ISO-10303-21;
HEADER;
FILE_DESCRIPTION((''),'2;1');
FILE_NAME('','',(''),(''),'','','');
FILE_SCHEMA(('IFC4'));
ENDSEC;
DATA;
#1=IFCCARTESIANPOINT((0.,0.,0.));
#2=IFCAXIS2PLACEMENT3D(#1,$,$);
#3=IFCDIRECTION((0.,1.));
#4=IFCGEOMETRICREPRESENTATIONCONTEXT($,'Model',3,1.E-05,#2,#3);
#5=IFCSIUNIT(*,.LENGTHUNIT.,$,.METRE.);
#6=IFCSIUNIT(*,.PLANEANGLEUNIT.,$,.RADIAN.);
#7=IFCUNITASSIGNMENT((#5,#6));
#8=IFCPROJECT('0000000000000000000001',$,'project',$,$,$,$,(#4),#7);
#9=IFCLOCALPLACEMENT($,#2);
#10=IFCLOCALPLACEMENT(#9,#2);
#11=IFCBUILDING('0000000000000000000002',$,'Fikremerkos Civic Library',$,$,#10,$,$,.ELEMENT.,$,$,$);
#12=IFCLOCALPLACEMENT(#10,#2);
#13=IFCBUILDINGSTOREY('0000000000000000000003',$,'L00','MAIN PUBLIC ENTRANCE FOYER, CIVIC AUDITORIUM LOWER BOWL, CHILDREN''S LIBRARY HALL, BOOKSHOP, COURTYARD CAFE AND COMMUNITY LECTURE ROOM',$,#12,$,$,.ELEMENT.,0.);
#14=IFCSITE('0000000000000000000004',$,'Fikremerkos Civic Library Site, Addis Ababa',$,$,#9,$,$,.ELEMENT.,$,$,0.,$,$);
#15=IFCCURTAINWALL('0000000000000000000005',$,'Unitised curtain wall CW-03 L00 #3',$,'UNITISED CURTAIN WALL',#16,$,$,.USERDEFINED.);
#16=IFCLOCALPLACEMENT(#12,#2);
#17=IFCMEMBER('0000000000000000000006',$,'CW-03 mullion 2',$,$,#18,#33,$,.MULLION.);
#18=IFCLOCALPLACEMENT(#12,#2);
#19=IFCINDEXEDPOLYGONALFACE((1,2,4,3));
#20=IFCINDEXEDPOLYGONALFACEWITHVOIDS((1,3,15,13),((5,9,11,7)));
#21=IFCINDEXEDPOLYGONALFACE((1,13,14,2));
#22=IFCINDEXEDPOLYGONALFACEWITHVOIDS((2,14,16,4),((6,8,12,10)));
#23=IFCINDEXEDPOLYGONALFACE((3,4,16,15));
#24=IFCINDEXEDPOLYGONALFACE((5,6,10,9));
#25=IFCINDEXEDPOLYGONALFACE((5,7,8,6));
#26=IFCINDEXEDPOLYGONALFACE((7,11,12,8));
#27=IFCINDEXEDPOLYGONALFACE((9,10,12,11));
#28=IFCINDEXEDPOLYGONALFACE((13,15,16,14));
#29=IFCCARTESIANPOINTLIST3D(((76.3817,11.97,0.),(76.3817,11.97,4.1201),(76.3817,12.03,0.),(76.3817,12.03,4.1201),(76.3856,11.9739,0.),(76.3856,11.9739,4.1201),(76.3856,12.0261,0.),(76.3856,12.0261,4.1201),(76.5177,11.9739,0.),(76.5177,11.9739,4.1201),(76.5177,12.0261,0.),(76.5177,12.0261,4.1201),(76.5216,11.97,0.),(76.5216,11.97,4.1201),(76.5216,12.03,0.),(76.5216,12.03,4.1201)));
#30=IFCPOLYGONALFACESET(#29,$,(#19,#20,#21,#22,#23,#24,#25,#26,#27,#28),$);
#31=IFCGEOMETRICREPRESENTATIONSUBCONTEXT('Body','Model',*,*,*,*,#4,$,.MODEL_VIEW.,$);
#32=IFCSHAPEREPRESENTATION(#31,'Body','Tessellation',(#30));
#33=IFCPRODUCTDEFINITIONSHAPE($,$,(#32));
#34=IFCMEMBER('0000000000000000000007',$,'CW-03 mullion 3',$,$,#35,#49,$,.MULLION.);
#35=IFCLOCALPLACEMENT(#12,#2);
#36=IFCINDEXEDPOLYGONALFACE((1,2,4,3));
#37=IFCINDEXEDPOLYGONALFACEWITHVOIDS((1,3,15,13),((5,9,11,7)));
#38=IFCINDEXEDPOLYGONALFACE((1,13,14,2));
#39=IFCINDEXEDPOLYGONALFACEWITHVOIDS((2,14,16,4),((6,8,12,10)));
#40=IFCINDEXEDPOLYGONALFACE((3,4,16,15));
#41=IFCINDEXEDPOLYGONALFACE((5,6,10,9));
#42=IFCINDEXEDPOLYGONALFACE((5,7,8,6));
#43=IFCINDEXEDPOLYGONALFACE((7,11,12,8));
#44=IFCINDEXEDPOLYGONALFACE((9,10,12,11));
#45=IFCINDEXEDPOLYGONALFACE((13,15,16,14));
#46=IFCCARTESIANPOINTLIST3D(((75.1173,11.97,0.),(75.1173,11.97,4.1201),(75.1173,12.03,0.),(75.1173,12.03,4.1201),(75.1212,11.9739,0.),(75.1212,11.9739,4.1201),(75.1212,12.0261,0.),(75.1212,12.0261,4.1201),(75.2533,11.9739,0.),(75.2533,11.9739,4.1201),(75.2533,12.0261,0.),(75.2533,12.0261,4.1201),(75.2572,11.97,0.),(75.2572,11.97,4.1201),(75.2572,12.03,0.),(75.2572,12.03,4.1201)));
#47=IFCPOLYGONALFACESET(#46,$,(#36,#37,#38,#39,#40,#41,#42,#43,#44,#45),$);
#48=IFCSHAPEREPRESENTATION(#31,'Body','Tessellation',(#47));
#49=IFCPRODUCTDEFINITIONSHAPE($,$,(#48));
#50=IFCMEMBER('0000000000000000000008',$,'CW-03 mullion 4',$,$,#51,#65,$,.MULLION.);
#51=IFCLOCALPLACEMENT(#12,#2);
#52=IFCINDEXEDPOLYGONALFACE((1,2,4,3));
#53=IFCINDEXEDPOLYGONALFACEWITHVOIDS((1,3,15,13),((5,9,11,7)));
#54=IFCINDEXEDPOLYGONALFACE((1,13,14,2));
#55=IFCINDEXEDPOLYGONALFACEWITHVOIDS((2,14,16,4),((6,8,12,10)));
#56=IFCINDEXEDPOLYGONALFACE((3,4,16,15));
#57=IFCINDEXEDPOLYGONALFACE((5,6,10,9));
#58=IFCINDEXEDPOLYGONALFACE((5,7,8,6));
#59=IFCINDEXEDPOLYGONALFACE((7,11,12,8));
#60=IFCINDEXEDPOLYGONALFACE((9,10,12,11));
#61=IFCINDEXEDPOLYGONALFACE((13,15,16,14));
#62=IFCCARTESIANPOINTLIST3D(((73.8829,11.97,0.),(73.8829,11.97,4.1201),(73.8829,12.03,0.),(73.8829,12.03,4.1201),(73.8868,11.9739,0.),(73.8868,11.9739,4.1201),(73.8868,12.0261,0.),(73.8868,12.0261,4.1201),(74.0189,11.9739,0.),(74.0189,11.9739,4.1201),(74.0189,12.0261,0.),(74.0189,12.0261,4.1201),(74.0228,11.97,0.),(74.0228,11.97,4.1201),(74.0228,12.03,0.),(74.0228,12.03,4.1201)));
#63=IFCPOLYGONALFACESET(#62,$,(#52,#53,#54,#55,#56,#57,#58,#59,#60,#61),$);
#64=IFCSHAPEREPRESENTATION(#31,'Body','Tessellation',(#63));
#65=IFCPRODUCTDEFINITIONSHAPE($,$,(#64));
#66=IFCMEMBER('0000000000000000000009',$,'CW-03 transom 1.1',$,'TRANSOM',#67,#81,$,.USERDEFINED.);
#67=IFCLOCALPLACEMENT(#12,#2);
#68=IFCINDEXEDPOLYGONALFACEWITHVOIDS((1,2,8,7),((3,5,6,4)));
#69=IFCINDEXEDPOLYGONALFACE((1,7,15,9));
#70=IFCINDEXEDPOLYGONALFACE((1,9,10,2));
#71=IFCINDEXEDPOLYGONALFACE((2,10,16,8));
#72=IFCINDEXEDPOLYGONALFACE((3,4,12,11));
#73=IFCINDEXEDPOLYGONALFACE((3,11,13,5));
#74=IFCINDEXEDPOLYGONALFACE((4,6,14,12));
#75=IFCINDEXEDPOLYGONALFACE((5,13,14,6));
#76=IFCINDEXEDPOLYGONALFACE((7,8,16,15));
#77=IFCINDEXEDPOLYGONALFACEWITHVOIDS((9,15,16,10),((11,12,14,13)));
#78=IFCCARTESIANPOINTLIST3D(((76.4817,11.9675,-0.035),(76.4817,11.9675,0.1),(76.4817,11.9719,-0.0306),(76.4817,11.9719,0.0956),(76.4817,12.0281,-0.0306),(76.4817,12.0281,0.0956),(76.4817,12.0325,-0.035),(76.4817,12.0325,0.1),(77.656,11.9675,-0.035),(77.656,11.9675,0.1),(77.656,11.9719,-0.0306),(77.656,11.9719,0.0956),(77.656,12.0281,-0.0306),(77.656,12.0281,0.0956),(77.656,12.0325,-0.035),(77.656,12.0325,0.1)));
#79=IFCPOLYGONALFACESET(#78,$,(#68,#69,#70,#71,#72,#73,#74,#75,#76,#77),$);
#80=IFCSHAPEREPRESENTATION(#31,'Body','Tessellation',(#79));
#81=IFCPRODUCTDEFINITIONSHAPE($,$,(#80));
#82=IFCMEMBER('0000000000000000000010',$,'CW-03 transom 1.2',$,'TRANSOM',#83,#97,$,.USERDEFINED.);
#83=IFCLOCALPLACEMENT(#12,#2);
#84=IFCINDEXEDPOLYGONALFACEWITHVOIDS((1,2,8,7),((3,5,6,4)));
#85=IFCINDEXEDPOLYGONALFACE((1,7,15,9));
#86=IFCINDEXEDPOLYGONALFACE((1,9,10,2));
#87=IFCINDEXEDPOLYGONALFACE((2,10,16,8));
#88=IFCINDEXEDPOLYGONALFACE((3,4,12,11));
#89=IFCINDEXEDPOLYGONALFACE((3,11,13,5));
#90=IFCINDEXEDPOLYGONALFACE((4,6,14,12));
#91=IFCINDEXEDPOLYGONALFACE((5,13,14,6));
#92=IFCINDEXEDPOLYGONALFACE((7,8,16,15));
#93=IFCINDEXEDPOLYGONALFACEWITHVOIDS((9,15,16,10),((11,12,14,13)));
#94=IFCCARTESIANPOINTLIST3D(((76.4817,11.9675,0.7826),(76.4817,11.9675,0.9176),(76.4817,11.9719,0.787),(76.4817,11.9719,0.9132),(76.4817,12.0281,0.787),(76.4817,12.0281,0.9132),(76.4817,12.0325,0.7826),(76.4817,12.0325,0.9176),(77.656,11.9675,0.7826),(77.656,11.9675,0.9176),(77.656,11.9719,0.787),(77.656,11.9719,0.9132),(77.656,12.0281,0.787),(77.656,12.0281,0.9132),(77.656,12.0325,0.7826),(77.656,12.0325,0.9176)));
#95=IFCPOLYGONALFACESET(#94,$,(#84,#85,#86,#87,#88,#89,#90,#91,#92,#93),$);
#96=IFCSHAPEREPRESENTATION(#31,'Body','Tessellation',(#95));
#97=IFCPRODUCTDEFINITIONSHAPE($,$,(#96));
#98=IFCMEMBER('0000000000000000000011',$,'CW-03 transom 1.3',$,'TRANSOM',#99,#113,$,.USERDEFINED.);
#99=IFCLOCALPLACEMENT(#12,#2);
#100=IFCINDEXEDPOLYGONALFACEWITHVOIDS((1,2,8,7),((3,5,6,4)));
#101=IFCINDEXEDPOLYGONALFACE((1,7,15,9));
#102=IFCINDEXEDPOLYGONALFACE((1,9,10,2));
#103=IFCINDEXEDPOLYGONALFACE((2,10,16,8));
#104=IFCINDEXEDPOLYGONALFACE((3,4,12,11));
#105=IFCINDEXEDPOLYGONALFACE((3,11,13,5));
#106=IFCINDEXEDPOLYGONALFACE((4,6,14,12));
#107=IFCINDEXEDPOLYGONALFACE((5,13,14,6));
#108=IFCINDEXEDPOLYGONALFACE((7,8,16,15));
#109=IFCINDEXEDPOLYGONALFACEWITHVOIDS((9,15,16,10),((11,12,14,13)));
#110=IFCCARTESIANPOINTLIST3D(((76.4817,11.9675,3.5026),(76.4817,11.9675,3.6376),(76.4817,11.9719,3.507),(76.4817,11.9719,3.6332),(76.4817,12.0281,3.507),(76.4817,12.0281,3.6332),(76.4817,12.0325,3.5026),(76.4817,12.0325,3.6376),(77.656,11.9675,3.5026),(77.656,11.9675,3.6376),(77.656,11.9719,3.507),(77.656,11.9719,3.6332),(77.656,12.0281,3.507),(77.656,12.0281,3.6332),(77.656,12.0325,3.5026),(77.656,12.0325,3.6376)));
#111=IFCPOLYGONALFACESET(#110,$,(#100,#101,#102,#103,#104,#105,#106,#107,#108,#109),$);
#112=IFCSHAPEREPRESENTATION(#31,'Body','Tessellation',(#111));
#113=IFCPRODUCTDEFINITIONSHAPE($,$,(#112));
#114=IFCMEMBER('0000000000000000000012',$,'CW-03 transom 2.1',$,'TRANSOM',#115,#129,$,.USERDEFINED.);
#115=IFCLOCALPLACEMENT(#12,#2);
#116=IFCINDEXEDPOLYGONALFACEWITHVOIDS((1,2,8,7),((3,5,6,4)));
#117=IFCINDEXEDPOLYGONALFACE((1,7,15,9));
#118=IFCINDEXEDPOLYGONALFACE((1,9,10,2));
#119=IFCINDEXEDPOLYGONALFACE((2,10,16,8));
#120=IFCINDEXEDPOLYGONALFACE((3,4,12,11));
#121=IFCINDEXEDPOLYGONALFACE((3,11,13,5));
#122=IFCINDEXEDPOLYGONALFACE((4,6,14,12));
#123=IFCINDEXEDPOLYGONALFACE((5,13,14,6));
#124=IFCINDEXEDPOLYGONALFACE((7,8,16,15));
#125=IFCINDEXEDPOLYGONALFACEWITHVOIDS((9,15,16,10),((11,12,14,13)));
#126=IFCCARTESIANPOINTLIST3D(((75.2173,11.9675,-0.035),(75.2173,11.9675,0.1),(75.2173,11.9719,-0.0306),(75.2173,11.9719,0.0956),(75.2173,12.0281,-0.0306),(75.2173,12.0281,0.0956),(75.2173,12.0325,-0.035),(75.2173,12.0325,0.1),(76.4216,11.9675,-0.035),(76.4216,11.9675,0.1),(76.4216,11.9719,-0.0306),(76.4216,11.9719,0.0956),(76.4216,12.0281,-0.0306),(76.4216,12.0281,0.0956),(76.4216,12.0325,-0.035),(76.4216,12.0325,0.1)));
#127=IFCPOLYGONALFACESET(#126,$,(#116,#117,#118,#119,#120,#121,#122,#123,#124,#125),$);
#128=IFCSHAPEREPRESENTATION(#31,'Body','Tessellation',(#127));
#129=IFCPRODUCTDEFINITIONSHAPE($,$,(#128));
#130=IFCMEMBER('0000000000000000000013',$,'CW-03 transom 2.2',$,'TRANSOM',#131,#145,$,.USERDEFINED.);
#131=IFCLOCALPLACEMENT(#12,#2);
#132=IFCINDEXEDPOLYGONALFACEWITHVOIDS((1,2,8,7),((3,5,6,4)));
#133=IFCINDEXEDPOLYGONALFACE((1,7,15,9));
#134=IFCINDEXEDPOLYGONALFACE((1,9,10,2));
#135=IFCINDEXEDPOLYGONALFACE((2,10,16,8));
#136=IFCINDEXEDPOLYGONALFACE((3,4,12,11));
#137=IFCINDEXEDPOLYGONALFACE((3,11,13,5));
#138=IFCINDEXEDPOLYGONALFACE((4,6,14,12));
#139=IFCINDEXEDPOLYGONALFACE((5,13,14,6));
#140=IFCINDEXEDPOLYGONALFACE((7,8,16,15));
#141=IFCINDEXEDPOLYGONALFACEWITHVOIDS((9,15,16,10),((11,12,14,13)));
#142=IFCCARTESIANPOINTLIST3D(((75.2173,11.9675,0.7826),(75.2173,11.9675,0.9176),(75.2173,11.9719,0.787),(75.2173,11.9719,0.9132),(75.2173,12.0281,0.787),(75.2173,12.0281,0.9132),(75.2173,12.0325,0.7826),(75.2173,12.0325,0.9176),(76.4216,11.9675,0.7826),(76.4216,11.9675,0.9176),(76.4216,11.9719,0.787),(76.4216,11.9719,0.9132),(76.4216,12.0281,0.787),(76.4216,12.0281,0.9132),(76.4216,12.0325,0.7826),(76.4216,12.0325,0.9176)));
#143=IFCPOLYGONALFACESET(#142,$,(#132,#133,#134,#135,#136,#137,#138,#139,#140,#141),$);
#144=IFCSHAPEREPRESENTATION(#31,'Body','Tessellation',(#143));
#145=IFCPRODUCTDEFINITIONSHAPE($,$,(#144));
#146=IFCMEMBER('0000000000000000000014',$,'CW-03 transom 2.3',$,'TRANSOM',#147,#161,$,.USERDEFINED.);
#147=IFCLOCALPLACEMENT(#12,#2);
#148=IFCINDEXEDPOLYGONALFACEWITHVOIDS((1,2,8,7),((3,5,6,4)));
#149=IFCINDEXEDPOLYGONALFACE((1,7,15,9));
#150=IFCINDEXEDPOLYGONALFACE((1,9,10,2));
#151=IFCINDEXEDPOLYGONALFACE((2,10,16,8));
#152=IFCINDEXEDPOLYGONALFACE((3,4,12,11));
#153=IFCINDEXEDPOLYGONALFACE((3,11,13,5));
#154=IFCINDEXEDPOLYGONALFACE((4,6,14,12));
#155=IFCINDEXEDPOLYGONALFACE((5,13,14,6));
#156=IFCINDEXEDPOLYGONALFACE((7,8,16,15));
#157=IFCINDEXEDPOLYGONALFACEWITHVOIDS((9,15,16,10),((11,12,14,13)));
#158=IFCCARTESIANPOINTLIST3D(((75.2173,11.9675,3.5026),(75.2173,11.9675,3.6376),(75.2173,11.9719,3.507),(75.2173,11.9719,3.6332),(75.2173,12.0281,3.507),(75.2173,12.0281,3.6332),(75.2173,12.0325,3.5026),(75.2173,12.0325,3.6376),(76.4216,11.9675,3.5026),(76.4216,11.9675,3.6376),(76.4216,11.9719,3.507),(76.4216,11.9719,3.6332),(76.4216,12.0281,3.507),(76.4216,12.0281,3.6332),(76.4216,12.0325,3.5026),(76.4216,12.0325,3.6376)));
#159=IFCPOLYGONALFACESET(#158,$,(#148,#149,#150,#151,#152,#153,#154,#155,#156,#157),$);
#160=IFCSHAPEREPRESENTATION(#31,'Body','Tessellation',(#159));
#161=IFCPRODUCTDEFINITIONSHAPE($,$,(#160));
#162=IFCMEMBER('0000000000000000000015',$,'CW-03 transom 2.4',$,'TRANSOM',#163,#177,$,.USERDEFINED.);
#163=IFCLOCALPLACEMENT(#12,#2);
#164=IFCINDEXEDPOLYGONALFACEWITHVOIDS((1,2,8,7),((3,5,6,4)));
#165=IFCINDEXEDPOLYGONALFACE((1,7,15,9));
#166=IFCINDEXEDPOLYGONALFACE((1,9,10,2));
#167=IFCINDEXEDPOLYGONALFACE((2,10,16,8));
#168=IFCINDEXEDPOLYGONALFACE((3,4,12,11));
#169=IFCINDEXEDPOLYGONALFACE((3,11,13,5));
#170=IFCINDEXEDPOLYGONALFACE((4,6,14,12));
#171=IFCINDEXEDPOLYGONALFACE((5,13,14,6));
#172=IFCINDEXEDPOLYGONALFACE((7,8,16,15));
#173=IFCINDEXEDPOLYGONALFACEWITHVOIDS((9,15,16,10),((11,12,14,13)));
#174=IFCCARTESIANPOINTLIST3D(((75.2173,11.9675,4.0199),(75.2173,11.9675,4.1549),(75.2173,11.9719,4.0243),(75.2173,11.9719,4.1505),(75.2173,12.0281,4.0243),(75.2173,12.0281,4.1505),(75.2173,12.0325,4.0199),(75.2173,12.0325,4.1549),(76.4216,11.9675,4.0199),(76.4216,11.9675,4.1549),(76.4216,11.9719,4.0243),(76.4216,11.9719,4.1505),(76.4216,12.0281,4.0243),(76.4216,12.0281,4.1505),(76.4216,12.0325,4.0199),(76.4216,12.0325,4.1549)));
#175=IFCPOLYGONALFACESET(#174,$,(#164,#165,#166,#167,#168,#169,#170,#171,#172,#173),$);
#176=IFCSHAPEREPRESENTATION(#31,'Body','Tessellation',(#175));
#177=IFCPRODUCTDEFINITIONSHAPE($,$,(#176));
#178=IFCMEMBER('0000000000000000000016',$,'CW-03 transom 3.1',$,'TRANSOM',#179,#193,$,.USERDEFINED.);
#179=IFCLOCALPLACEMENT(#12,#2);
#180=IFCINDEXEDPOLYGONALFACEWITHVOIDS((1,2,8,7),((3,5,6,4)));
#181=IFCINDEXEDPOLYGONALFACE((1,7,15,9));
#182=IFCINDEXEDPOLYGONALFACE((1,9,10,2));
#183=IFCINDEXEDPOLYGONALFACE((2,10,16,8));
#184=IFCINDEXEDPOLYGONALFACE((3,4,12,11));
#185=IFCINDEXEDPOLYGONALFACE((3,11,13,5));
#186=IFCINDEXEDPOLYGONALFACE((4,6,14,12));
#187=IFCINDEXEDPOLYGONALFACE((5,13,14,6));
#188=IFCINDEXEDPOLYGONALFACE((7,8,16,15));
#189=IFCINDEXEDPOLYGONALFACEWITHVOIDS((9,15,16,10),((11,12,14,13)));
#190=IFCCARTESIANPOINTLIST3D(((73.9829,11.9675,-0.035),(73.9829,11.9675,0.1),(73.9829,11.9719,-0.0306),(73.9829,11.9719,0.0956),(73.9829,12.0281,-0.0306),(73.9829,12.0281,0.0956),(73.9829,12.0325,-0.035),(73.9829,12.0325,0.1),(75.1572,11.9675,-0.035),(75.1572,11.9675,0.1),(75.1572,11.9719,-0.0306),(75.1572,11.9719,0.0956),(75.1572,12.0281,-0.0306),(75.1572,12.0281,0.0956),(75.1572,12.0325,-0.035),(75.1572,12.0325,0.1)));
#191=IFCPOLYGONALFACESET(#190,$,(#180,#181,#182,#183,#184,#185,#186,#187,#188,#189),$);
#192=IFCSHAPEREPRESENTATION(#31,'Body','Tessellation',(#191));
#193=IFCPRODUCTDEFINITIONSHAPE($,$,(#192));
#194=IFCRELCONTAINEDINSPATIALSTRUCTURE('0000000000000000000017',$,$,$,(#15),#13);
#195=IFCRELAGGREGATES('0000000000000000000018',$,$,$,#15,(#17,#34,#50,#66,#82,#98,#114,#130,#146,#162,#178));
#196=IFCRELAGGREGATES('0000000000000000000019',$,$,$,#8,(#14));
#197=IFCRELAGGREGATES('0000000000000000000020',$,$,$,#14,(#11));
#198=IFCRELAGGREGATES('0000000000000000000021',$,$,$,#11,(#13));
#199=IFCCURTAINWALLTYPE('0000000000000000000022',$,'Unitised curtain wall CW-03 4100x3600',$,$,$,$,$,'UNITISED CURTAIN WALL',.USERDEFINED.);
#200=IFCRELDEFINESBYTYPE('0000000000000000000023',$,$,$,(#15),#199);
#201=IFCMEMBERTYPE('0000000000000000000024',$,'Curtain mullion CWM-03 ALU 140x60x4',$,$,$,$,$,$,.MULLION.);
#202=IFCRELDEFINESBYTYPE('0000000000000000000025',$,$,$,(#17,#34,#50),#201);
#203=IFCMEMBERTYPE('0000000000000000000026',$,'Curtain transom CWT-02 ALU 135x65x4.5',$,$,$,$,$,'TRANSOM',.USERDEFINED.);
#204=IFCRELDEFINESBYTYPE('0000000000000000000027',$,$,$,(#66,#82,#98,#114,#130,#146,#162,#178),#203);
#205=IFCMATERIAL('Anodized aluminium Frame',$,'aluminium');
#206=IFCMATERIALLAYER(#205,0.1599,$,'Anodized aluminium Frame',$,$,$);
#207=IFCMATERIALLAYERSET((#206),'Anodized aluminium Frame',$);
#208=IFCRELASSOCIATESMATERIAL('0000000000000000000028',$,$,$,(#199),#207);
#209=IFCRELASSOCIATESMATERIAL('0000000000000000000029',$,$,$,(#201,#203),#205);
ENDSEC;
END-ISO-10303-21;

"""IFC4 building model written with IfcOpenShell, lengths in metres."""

from ifc_helpers import new_model, si_unit, direction, frame, origin, origin_2d, place, context, subcontext, project, spatial, hollow_rectangle, extrude, material, layer, layer_set, material_profile, profile_set, type_object, element, aggregate, save


model = new_model("IFC4")

# Units and contexts
model_context = context("Model", 3, precision=1e-05, world=origin(), true_north=direction((0.0, 1.0)))
body_context = subcontext(model_context, "Body", "Model", "MODEL_VIEW")
ifc_project = project(units=[si_unit("LENGTHUNIT", "METRE"), si_unit("PLANEANGLEUNIT", "RADIAN")], contexts=[model_context])

# Site, building, storey
site_placement = place(None, origin())
site = spatial("IfcSite", under=ifc_project, at=site_placement, Name="Fikremerkos Civic Library Site, Addis Ababa", CompositionType="ELEMENT", RefElevation=0.0)
building_placement = place(site_placement, origin())
building = spatial("IfcBuilding", under=site, at=building_placement, Name="Fikremerkos Civic Library", CompositionType="ELEMENT")
storey_placement = place(building_placement, origin())
storey = spatial("IfcBuildingStorey", under=building, at=storey_placement, Name="L00", Description="MAIN PUBLIC ENTRANCE FOYER, CIVIC AUDITORIUM LOWER BOWL, CHILDREN'S LIBRARY HALL, BOOKSHOP, COURTYARD CAFE AND COMMUNITY LECTURE ROOM", CompositionType="ELEMENT", Elevation=0.0)

# Curtain wall, members
ifc_material_1 = material(Name="Anodized aluminium Frame", Category="aluminium")
ifc_layer_1 = layer(ifc_material_1, 0.1599, Name="Anodized aluminium Frame")
ifc_layer_set_1 = layer_set([ifc_layer_1], Name="Anodized aluminium Frame")
curtain_wall_type = type_object("IfcCurtainWallType", Name="Unitised curtain wall CW-03 4100x3600", ElementType="UNITISED CURTAIN WALL", PredefinedType="USERDEFINED", material=ifc_layer_set_1)
curtain_wall_placement = place(storey_placement, origin())
curtain_wall = element("IfcCurtainWall", 1, at=curtain_wall_placement, inside=storey, type_object=curtain_wall_type, Name="Unitised curtain wall CW-03 L00 #3", ObjectType="UNITISED CURTAIN WALL", PredefinedType="USERDEFINED")
ifc_material_profile_1 = material_profile(ifc_material_1, hollow_rectangle(XDim=0.0601, YDim=0.1399, WallThickness=0.0039, at=origin_2d()), Name="ALU 140x60x4")
ifc_profile_set_1 = profile_set([ifc_material_profile_1], Name="Anodized aluminium Frame")
member_type_1 = type_object("IfcMemberType", Name="Curtain mullion CWM-03 ALU 140x60x4", PredefinedType="MULLION", material=ifc_profile_set_1)
member_1_placement = place(storey_placement, frame((76.4517, 12.0, 0.0), z_axis=(0.0, 0.0, 1.0), x_axis=(0.0, -1.0, 0.0)))
member_1 = element("IfcMember", 2, at=member_1_placement, type_object=member_type_1, Name="CW-03 mullion 2", PredefinedType="MULLION", context=body_context, shape_type="SweptSolid", body=[
    extrude(hollow_rectangle(XDim=0.0601, YDim=0.1399, WallThickness=0.0039, at=origin_2d()), origin(), (0.0, 0.0, 1.0), 4.1201),
])
member_2_placement = place(storey_placement, frame((75.1873, 12.0, 0.0), z_axis=(0.0, 0.0, 1.0), x_axis=(0.0, -1.0, 0.0)))
member_2 = element("IfcMember", 3, at=member_2_placement, type_object=member_type_1, Name="CW-03 mullion 3", PredefinedType="MULLION", context=body_context, shape_type="SweptSolid", body=[
    extrude(hollow_rectangle(XDim=0.0601, YDim=0.1399, WallThickness=0.0039, at=origin_2d()), origin(), (0.0, 0.0, 1.0), 4.1201),
])
member_3_placement = place(storey_placement, frame((73.9529, 12.0, 0.0), z_axis=(0.0, 0.0, 1.0), x_axis=(0.0, -1.0, 0.0)))
member_3 = element("IfcMember", 4, at=member_3_placement, type_object=member_type_1, Name="CW-03 mullion 4", PredefinedType="MULLION", context=body_context, shape_type="SweptSolid", body=[
    extrude(hollow_rectangle(XDim=0.0601, YDim=0.1399, WallThickness=0.0039, at=origin_2d()), origin(), (0.0, 0.0, 1.0), 4.1201),
])
ifc_material_profile_2 = material_profile(ifc_material_1, hollow_rectangle(XDim=0.0649, YDim=0.135, WallThickness=0.0044, at=origin_2d()), Name="ALU 135x65x4.5")
ifc_profile_set_2 = profile_set([ifc_material_profile_2], Name="Anodized aluminium Frame")
member_type_2 = type_object("IfcMemberType", Name="Curtain transom CWT-02 ALU 135x65x4.5", ElementType="TRANSOM", PredefinedType="USERDEFINED", material=ifc_profile_set_2)
member_4_placement = place(storey_placement, frame((77.656, 12.0, 0.0325), z_axis=(-1.0, 0.0, 0.0), x_axis=(0.0, -1.0, 0.0)))
member_4 = element("IfcMember", 5, at=member_4_placement, type_object=member_type_2, Name="CW-03 transom 1.1", ObjectType="TRANSOM", PredefinedType="USERDEFINED", context=body_context, shape_type="SweptSolid", body=[
    extrude(hollow_rectangle(XDim=0.0649, YDim=0.135, WallThickness=0.0044, at=origin_2d()), origin(), (0.0, 0.0, 1.0), 1.1743),
])
member_5_placement = place(storey_placement, frame((77.656, 12.0, 0.8501), z_axis=(-1.0, 0.0, 0.0), x_axis=(0.0, -1.0, 0.0)))
member_5 = element("IfcMember", 6, at=member_5_placement, type_object=member_type_2, Name="CW-03 transom 1.2", ObjectType="TRANSOM", PredefinedType="USERDEFINED", context=body_context, shape_type="SweptSolid", body=[
    extrude(hollow_rectangle(XDim=0.0649, YDim=0.135, WallThickness=0.0044, at=origin_2d()), origin(), (0.0, 0.0, 1.0), 1.1743),
])
member_6_placement = place(storey_placement, frame((77.656, 12.0, 3.5701), z_axis=(-1.0, 0.0, 0.0), x_axis=(0.0, -1.0, 0.0)))
member_6 = element("IfcMember", 7, at=member_6_placement, type_object=member_type_2, Name="CW-03 transom 1.3", ObjectType="TRANSOM", PredefinedType="USERDEFINED", context=body_context, shape_type="SweptSolid", body=[
    extrude(hollow_rectangle(XDim=0.0649, YDim=0.135, WallThickness=0.0044, at=origin_2d()), origin(), (0.0, 0.0, 1.0), 1.1743),
])
member_7_placement = place(storey_placement, frame((76.4216, 12.0, 0.0325), z_axis=(-1.0, 0.0, 0.0), x_axis=(0.0, -1.0, 0.0)))
member_7 = element("IfcMember", 8, at=member_7_placement, type_object=member_type_2, Name="CW-03 transom 2.1", ObjectType="TRANSOM", PredefinedType="USERDEFINED", context=body_context, shape_type="SweptSolid", body=[
    extrude(hollow_rectangle(XDim=0.0649, YDim=0.135, WallThickness=0.0044, at=origin_2d()), origin(), (0.0, 0.0, 1.0), 1.2043),
])
member_8_placement = place(storey_placement, frame((76.4216, 12.0, 0.8501), z_axis=(-1.0, 0.0, 0.0), x_axis=(0.0, -1.0, 0.0)))
member_8 = element("IfcMember", 9, at=member_8_placement, type_object=member_type_2, Name="CW-03 transom 2.2", ObjectType="TRANSOM", PredefinedType="USERDEFINED", context=body_context, shape_type="SweptSolid", body=[
    extrude(hollow_rectangle(XDim=0.0649, YDim=0.135, WallThickness=0.0044, at=origin_2d()), origin(), (0.0, 0.0, 1.0), 1.2043),
])
member_9_placement = place(storey_placement, frame((76.4216, 12.0, 3.5701), z_axis=(-1.0, 0.0, 0.0), x_axis=(0.0, -1.0, 0.0)))
member_9 = element("IfcMember", 10, at=member_9_placement, type_object=member_type_2, Name="CW-03 transom 2.3", ObjectType="TRANSOM", PredefinedType="USERDEFINED", context=body_context, shape_type="SweptSolid", body=[
    extrude(hollow_rectangle(XDim=0.0649, YDim=0.135, WallThickness=0.0044, at=origin_2d()), origin(), (0.0, 0.0, 1.0), 1.2043),
])
member_10_placement = place(storey_placement, frame((76.4216, 12.0, 4.0874), z_axis=(-1.0, 0.0, 0.0), x_axis=(0.0, -1.0, 0.0)))
member_10 = element("IfcMember", 11, at=member_10_placement, type_object=member_type_2, Name="CW-03 transom 2.4", ObjectType="TRANSOM", PredefinedType="USERDEFINED", context=body_context, shape_type="SweptSolid", body=[
    extrude(hollow_rectangle(XDim=0.0649, YDim=0.135, WallThickness=0.0044, at=origin_2d()), origin(), (0.0, 0.0, 1.0), 1.2043),
])
member_11_placement = place(storey_placement, frame((75.1572, 12.0, 0.0325), z_axis=(-1.0, 0.0, 0.0), x_axis=(0.0, -1.0, 0.0)))
member_11 = element("IfcMember", 12, at=member_11_placement, type_object=member_type_2, Name="CW-03 transom 3.1", ObjectType="TRANSOM", PredefinedType="USERDEFINED", context=body_context, shape_type="SweptSolid", body=[
    extrude(hollow_rectangle(XDim=0.0649, YDim=0.135, WallThickness=0.0044, at=origin_2d()), origin(), (0.0, 0.0, 1.0), 1.1743),
])
aggregate(curtain_wall, [member_1, member_2, member_3, member_4, member_5, member_6, member_7, member_8, member_9, member_10, member_11])

save(model, "model.ifc")
